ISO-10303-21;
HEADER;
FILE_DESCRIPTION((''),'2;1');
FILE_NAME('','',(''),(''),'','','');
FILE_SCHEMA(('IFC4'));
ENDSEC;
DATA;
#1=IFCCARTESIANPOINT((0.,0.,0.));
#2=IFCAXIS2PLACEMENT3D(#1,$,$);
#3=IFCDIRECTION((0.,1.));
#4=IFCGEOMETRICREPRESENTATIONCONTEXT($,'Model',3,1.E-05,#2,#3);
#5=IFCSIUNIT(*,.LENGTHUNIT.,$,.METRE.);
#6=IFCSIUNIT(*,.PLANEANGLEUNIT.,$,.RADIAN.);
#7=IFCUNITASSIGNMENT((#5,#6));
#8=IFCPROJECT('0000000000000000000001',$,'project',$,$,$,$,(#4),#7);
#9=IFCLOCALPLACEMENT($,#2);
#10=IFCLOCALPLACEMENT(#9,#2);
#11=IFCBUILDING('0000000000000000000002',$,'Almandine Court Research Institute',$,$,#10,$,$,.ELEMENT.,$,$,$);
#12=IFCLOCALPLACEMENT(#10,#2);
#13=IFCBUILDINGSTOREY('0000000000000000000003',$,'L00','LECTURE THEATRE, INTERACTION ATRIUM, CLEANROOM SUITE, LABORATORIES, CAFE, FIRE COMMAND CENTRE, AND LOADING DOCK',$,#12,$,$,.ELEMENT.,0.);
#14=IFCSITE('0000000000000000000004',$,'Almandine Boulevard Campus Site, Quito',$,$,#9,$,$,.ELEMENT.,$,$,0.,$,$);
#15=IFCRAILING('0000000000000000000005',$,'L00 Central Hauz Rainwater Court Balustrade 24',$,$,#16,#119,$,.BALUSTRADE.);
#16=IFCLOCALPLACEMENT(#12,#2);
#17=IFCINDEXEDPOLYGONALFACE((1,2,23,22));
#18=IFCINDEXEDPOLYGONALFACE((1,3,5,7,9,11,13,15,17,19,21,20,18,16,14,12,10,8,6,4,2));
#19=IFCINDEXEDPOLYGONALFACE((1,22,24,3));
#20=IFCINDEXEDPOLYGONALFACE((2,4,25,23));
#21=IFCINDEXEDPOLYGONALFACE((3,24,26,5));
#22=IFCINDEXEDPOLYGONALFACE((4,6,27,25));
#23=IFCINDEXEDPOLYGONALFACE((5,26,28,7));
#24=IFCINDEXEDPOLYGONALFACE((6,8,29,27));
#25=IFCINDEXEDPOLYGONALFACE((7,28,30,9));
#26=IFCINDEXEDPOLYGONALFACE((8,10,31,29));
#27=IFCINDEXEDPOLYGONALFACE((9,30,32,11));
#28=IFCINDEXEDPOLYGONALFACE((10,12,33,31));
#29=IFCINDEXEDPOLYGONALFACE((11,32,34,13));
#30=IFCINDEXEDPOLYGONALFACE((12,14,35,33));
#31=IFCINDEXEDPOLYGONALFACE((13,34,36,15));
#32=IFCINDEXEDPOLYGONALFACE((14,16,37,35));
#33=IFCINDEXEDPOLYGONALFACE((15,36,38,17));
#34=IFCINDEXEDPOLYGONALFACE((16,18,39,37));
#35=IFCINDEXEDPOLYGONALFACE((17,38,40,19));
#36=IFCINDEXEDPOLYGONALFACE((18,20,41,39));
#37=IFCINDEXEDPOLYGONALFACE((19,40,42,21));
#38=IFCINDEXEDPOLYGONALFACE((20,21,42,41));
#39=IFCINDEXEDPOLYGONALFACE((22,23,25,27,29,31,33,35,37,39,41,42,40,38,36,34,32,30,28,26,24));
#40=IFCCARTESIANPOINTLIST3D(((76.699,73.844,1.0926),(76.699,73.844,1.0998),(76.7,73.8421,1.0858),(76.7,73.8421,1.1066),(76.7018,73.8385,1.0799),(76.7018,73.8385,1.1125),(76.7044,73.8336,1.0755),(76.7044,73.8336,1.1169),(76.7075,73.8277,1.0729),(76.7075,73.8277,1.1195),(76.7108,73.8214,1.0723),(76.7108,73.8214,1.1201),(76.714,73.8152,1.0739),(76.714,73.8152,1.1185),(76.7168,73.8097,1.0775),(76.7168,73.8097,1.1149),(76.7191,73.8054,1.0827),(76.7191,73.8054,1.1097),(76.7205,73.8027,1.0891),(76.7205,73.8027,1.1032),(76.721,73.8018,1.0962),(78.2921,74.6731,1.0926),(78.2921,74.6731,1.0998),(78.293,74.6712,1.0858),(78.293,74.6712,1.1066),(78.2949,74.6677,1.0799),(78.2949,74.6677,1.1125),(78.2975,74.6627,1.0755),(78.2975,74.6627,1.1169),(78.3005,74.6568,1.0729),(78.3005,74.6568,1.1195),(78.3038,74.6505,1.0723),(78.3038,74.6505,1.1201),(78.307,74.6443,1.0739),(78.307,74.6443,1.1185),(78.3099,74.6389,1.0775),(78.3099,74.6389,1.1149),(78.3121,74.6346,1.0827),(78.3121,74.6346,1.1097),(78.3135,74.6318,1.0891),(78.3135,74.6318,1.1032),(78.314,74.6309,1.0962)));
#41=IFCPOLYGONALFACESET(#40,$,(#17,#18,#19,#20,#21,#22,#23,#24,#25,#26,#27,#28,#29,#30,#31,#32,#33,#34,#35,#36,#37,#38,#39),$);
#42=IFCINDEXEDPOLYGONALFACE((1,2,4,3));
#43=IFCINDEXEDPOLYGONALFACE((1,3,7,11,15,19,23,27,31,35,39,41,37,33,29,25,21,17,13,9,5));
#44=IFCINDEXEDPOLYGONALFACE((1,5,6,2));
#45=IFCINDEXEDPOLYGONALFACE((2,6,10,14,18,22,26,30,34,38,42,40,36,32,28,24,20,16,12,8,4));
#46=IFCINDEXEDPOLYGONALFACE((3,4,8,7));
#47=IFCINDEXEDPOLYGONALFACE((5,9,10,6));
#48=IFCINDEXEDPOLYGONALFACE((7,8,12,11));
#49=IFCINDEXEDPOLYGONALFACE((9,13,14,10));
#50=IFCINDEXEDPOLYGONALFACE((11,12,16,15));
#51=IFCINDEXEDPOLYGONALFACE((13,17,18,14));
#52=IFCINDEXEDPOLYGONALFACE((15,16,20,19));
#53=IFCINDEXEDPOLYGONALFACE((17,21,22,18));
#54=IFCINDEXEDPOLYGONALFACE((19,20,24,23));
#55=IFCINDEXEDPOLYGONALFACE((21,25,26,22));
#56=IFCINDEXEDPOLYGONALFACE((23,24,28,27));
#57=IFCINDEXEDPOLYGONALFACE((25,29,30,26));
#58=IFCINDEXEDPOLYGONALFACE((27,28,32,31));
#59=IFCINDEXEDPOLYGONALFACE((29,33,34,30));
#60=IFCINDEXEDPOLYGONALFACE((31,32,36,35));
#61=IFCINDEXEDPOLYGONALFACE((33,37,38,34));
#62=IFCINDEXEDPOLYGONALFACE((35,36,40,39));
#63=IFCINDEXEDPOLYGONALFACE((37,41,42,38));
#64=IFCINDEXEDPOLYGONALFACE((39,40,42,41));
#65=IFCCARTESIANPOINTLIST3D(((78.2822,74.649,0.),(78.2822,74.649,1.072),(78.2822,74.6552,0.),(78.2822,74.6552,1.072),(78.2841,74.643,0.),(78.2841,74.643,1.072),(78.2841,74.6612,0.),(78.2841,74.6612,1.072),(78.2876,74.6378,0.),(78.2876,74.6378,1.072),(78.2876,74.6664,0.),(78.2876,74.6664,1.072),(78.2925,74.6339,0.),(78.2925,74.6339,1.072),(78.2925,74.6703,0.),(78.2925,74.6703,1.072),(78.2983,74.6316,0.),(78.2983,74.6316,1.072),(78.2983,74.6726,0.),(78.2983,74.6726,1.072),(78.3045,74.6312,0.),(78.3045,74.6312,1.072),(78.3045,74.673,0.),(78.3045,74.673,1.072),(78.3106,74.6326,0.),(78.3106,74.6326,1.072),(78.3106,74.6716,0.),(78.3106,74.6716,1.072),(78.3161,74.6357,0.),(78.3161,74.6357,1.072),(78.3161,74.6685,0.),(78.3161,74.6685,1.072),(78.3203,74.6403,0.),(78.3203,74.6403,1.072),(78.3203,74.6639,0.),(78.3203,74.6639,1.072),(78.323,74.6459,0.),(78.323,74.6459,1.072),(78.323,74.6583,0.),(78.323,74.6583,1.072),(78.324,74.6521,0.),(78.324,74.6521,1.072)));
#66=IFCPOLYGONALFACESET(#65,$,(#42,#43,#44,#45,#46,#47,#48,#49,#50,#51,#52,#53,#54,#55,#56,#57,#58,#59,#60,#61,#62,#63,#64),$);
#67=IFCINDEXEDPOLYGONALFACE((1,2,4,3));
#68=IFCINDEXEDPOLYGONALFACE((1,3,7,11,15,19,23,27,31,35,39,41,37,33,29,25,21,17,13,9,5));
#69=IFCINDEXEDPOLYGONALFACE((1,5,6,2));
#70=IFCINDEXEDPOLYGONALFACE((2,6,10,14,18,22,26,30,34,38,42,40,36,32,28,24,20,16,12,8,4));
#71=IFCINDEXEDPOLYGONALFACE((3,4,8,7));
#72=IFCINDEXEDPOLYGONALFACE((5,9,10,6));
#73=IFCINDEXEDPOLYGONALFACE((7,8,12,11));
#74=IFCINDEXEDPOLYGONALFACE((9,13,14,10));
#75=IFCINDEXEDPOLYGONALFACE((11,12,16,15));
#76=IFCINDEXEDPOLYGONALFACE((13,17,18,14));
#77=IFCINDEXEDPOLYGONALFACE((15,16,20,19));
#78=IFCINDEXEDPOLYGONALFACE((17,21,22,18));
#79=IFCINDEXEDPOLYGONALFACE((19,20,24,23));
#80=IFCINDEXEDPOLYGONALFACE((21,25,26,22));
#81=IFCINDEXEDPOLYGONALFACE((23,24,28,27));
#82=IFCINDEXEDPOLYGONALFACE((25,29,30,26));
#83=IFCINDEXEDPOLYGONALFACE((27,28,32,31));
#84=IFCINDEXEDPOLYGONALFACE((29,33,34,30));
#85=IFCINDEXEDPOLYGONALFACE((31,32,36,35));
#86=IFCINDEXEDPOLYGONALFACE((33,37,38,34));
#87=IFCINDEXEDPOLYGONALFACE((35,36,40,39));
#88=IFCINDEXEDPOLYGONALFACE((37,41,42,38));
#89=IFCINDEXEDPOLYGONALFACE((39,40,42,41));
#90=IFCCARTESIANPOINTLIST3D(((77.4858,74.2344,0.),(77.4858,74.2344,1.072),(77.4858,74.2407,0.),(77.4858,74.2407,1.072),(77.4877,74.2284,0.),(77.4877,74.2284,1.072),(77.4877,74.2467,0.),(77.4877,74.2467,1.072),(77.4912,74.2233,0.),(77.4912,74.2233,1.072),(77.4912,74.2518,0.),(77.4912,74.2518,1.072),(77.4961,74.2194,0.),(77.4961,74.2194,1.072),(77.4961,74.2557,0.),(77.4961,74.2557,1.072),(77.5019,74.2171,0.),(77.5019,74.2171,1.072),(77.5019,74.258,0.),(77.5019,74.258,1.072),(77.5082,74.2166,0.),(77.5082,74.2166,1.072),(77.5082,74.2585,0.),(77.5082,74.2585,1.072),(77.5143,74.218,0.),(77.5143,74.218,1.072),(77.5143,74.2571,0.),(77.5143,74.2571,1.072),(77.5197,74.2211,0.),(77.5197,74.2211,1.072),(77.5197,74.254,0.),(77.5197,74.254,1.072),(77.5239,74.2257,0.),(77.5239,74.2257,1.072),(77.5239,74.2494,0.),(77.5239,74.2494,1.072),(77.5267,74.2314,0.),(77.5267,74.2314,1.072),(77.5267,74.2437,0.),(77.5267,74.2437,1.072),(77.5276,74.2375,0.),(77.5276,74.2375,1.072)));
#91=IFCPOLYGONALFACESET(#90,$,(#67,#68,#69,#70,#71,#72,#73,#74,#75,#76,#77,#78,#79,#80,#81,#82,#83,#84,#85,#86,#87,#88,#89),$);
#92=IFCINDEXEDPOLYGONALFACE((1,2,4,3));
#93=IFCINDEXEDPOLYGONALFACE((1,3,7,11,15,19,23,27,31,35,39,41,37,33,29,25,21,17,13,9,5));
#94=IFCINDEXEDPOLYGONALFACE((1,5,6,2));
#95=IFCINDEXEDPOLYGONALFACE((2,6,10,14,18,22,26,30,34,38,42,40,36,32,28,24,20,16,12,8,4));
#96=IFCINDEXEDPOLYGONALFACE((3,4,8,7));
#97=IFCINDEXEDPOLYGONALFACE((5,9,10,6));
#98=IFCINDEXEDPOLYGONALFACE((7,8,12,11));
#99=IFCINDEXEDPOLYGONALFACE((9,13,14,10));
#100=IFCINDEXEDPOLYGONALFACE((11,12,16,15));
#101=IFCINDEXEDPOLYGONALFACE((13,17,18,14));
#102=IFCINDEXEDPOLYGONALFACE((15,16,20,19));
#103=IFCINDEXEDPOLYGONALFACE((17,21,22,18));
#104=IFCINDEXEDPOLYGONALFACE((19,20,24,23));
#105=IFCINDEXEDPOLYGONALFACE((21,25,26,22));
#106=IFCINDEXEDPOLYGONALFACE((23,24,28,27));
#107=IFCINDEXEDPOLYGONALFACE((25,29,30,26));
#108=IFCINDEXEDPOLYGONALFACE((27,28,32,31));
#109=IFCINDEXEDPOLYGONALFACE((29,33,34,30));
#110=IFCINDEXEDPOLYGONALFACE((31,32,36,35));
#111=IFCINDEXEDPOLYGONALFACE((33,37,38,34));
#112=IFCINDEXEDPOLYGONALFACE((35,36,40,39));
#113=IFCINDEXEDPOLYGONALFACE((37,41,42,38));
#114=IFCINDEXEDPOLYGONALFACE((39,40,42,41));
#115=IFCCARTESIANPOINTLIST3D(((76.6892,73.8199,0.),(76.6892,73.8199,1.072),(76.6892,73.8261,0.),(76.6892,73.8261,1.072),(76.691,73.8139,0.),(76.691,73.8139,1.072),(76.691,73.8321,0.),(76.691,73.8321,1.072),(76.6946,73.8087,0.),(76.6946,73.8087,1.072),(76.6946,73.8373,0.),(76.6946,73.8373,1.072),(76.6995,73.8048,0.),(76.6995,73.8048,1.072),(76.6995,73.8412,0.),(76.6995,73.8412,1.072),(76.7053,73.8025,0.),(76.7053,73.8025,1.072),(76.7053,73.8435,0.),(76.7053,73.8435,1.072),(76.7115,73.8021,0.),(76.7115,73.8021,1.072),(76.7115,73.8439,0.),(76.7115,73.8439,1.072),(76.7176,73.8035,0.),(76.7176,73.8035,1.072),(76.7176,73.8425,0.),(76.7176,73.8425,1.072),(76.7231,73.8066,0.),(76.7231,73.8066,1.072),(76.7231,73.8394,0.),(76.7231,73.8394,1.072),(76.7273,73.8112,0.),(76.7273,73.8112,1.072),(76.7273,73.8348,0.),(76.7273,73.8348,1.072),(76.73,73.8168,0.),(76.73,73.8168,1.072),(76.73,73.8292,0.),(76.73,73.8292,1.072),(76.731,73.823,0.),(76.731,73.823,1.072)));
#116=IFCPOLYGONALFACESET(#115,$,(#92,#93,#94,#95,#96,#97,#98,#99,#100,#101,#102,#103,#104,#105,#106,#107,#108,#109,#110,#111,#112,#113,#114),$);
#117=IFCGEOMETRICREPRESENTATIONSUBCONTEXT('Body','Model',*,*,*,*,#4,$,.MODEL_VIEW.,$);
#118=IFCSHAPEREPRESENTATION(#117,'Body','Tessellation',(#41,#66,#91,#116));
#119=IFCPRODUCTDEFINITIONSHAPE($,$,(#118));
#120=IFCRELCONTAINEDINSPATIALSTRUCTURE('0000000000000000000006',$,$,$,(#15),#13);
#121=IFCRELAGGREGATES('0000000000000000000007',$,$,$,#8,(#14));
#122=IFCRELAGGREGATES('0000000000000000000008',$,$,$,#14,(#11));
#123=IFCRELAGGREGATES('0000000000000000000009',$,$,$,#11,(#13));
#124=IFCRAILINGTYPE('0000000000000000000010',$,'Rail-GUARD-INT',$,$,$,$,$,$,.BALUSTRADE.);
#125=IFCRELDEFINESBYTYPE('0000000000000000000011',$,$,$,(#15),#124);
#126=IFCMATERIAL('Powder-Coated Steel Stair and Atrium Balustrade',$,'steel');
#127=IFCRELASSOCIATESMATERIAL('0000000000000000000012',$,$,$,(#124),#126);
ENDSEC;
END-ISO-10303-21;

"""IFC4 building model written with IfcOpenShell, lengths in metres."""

from ifc_helpers import new_model, si_unit, direction, frame, origin, origin_2d, place, context, subcontext, project, spatial, circle, extrude, material, type_object, element, save


model = new_model("IFC4")

# Units and contexts
model_context = context("Model", 3, precision=1e-05, world=origin(), true_north=direction((0.0, 1.0)))
body_context = subcontext(model_context, "Body", "Model", "MODEL_VIEW")
ifc_project = project(units=[si_unit("LENGTHUNIT", "METRE"), si_unit("PLANEANGLEUNIT", "RADIAN")], contexts=[model_context])

# Site, building, storey
site_placement = place(None, origin())
site = spatial("IfcSite", under=ifc_project, at=site_placement, Name="Almandine Boulevard Campus Site, Quito", CompositionType="ELEMENT", RefElevation=0.0)
building_placement = place(site_placement, origin())
building = spatial("IfcBuilding", under=site, at=building_placement, Name="Almandine Court Research Institute", CompositionType="ELEMENT")
storey_placement = place(building_placement, origin())
storey = spatial("IfcBuildingStorey", under=building, at=storey_placement, Name="L00", Description="LECTURE THEATRE, INTERACTION ATRIUM, CLEANROOM SUITE, LABORATORIES, CAFE, FIRE COMMAND CENTRE, AND LOADING DOCK", CompositionType="ELEMENT", Elevation=0.0)

# Railing
ifc_material_1 = material(Name="Powder-Coated Steel Stair and Atrium Balustrade", Category="steel")
railing_type = type_object("IfcRailingType", Name="Rail-GUARD-INT", PredefinedType="BALUSTRADE", material=ifc_material_1)
railing_1_placement = place(storey_placement, frame((78.303, 74.6521, 0.0)))
element("IfcRailing", 1, at=railing_1_placement, inside=storey, type_object=railing_type, Name="L00 Central Hauz Rainwater Court Balustrade 24", PredefinedType="BALUSTRADE", context=body_context, shape_type="SweptSolid", body=[
    extrude(circle(Radius=0.0239, at=origin_2d()), frame((0.0, 0.0, 1.0962), z_axis=(-0.88705, -0.461674, 0.0), x_axis=(0.461674, -0.88705, 0.0)), (0.0, 0.0, 1.0), 1.7959),
    extrude(circle(Radius=0.021, at=origin_2d()), origin(), (0.0, 0.0, 1.0), 1.072),
    extrude(circle(Radius=0.021, at=origin_2d()), frame((-0.7964, -0.4146, 0.0)), (0.0, 0.0, 1.0), 1.072),
    extrude(circle(Radius=0.021, at=origin_2d()), frame((-1.593, -0.8291, 0.0)), (0.0, 0.0, 1.0), 1.072),
])

save(model, "model.ifc")
